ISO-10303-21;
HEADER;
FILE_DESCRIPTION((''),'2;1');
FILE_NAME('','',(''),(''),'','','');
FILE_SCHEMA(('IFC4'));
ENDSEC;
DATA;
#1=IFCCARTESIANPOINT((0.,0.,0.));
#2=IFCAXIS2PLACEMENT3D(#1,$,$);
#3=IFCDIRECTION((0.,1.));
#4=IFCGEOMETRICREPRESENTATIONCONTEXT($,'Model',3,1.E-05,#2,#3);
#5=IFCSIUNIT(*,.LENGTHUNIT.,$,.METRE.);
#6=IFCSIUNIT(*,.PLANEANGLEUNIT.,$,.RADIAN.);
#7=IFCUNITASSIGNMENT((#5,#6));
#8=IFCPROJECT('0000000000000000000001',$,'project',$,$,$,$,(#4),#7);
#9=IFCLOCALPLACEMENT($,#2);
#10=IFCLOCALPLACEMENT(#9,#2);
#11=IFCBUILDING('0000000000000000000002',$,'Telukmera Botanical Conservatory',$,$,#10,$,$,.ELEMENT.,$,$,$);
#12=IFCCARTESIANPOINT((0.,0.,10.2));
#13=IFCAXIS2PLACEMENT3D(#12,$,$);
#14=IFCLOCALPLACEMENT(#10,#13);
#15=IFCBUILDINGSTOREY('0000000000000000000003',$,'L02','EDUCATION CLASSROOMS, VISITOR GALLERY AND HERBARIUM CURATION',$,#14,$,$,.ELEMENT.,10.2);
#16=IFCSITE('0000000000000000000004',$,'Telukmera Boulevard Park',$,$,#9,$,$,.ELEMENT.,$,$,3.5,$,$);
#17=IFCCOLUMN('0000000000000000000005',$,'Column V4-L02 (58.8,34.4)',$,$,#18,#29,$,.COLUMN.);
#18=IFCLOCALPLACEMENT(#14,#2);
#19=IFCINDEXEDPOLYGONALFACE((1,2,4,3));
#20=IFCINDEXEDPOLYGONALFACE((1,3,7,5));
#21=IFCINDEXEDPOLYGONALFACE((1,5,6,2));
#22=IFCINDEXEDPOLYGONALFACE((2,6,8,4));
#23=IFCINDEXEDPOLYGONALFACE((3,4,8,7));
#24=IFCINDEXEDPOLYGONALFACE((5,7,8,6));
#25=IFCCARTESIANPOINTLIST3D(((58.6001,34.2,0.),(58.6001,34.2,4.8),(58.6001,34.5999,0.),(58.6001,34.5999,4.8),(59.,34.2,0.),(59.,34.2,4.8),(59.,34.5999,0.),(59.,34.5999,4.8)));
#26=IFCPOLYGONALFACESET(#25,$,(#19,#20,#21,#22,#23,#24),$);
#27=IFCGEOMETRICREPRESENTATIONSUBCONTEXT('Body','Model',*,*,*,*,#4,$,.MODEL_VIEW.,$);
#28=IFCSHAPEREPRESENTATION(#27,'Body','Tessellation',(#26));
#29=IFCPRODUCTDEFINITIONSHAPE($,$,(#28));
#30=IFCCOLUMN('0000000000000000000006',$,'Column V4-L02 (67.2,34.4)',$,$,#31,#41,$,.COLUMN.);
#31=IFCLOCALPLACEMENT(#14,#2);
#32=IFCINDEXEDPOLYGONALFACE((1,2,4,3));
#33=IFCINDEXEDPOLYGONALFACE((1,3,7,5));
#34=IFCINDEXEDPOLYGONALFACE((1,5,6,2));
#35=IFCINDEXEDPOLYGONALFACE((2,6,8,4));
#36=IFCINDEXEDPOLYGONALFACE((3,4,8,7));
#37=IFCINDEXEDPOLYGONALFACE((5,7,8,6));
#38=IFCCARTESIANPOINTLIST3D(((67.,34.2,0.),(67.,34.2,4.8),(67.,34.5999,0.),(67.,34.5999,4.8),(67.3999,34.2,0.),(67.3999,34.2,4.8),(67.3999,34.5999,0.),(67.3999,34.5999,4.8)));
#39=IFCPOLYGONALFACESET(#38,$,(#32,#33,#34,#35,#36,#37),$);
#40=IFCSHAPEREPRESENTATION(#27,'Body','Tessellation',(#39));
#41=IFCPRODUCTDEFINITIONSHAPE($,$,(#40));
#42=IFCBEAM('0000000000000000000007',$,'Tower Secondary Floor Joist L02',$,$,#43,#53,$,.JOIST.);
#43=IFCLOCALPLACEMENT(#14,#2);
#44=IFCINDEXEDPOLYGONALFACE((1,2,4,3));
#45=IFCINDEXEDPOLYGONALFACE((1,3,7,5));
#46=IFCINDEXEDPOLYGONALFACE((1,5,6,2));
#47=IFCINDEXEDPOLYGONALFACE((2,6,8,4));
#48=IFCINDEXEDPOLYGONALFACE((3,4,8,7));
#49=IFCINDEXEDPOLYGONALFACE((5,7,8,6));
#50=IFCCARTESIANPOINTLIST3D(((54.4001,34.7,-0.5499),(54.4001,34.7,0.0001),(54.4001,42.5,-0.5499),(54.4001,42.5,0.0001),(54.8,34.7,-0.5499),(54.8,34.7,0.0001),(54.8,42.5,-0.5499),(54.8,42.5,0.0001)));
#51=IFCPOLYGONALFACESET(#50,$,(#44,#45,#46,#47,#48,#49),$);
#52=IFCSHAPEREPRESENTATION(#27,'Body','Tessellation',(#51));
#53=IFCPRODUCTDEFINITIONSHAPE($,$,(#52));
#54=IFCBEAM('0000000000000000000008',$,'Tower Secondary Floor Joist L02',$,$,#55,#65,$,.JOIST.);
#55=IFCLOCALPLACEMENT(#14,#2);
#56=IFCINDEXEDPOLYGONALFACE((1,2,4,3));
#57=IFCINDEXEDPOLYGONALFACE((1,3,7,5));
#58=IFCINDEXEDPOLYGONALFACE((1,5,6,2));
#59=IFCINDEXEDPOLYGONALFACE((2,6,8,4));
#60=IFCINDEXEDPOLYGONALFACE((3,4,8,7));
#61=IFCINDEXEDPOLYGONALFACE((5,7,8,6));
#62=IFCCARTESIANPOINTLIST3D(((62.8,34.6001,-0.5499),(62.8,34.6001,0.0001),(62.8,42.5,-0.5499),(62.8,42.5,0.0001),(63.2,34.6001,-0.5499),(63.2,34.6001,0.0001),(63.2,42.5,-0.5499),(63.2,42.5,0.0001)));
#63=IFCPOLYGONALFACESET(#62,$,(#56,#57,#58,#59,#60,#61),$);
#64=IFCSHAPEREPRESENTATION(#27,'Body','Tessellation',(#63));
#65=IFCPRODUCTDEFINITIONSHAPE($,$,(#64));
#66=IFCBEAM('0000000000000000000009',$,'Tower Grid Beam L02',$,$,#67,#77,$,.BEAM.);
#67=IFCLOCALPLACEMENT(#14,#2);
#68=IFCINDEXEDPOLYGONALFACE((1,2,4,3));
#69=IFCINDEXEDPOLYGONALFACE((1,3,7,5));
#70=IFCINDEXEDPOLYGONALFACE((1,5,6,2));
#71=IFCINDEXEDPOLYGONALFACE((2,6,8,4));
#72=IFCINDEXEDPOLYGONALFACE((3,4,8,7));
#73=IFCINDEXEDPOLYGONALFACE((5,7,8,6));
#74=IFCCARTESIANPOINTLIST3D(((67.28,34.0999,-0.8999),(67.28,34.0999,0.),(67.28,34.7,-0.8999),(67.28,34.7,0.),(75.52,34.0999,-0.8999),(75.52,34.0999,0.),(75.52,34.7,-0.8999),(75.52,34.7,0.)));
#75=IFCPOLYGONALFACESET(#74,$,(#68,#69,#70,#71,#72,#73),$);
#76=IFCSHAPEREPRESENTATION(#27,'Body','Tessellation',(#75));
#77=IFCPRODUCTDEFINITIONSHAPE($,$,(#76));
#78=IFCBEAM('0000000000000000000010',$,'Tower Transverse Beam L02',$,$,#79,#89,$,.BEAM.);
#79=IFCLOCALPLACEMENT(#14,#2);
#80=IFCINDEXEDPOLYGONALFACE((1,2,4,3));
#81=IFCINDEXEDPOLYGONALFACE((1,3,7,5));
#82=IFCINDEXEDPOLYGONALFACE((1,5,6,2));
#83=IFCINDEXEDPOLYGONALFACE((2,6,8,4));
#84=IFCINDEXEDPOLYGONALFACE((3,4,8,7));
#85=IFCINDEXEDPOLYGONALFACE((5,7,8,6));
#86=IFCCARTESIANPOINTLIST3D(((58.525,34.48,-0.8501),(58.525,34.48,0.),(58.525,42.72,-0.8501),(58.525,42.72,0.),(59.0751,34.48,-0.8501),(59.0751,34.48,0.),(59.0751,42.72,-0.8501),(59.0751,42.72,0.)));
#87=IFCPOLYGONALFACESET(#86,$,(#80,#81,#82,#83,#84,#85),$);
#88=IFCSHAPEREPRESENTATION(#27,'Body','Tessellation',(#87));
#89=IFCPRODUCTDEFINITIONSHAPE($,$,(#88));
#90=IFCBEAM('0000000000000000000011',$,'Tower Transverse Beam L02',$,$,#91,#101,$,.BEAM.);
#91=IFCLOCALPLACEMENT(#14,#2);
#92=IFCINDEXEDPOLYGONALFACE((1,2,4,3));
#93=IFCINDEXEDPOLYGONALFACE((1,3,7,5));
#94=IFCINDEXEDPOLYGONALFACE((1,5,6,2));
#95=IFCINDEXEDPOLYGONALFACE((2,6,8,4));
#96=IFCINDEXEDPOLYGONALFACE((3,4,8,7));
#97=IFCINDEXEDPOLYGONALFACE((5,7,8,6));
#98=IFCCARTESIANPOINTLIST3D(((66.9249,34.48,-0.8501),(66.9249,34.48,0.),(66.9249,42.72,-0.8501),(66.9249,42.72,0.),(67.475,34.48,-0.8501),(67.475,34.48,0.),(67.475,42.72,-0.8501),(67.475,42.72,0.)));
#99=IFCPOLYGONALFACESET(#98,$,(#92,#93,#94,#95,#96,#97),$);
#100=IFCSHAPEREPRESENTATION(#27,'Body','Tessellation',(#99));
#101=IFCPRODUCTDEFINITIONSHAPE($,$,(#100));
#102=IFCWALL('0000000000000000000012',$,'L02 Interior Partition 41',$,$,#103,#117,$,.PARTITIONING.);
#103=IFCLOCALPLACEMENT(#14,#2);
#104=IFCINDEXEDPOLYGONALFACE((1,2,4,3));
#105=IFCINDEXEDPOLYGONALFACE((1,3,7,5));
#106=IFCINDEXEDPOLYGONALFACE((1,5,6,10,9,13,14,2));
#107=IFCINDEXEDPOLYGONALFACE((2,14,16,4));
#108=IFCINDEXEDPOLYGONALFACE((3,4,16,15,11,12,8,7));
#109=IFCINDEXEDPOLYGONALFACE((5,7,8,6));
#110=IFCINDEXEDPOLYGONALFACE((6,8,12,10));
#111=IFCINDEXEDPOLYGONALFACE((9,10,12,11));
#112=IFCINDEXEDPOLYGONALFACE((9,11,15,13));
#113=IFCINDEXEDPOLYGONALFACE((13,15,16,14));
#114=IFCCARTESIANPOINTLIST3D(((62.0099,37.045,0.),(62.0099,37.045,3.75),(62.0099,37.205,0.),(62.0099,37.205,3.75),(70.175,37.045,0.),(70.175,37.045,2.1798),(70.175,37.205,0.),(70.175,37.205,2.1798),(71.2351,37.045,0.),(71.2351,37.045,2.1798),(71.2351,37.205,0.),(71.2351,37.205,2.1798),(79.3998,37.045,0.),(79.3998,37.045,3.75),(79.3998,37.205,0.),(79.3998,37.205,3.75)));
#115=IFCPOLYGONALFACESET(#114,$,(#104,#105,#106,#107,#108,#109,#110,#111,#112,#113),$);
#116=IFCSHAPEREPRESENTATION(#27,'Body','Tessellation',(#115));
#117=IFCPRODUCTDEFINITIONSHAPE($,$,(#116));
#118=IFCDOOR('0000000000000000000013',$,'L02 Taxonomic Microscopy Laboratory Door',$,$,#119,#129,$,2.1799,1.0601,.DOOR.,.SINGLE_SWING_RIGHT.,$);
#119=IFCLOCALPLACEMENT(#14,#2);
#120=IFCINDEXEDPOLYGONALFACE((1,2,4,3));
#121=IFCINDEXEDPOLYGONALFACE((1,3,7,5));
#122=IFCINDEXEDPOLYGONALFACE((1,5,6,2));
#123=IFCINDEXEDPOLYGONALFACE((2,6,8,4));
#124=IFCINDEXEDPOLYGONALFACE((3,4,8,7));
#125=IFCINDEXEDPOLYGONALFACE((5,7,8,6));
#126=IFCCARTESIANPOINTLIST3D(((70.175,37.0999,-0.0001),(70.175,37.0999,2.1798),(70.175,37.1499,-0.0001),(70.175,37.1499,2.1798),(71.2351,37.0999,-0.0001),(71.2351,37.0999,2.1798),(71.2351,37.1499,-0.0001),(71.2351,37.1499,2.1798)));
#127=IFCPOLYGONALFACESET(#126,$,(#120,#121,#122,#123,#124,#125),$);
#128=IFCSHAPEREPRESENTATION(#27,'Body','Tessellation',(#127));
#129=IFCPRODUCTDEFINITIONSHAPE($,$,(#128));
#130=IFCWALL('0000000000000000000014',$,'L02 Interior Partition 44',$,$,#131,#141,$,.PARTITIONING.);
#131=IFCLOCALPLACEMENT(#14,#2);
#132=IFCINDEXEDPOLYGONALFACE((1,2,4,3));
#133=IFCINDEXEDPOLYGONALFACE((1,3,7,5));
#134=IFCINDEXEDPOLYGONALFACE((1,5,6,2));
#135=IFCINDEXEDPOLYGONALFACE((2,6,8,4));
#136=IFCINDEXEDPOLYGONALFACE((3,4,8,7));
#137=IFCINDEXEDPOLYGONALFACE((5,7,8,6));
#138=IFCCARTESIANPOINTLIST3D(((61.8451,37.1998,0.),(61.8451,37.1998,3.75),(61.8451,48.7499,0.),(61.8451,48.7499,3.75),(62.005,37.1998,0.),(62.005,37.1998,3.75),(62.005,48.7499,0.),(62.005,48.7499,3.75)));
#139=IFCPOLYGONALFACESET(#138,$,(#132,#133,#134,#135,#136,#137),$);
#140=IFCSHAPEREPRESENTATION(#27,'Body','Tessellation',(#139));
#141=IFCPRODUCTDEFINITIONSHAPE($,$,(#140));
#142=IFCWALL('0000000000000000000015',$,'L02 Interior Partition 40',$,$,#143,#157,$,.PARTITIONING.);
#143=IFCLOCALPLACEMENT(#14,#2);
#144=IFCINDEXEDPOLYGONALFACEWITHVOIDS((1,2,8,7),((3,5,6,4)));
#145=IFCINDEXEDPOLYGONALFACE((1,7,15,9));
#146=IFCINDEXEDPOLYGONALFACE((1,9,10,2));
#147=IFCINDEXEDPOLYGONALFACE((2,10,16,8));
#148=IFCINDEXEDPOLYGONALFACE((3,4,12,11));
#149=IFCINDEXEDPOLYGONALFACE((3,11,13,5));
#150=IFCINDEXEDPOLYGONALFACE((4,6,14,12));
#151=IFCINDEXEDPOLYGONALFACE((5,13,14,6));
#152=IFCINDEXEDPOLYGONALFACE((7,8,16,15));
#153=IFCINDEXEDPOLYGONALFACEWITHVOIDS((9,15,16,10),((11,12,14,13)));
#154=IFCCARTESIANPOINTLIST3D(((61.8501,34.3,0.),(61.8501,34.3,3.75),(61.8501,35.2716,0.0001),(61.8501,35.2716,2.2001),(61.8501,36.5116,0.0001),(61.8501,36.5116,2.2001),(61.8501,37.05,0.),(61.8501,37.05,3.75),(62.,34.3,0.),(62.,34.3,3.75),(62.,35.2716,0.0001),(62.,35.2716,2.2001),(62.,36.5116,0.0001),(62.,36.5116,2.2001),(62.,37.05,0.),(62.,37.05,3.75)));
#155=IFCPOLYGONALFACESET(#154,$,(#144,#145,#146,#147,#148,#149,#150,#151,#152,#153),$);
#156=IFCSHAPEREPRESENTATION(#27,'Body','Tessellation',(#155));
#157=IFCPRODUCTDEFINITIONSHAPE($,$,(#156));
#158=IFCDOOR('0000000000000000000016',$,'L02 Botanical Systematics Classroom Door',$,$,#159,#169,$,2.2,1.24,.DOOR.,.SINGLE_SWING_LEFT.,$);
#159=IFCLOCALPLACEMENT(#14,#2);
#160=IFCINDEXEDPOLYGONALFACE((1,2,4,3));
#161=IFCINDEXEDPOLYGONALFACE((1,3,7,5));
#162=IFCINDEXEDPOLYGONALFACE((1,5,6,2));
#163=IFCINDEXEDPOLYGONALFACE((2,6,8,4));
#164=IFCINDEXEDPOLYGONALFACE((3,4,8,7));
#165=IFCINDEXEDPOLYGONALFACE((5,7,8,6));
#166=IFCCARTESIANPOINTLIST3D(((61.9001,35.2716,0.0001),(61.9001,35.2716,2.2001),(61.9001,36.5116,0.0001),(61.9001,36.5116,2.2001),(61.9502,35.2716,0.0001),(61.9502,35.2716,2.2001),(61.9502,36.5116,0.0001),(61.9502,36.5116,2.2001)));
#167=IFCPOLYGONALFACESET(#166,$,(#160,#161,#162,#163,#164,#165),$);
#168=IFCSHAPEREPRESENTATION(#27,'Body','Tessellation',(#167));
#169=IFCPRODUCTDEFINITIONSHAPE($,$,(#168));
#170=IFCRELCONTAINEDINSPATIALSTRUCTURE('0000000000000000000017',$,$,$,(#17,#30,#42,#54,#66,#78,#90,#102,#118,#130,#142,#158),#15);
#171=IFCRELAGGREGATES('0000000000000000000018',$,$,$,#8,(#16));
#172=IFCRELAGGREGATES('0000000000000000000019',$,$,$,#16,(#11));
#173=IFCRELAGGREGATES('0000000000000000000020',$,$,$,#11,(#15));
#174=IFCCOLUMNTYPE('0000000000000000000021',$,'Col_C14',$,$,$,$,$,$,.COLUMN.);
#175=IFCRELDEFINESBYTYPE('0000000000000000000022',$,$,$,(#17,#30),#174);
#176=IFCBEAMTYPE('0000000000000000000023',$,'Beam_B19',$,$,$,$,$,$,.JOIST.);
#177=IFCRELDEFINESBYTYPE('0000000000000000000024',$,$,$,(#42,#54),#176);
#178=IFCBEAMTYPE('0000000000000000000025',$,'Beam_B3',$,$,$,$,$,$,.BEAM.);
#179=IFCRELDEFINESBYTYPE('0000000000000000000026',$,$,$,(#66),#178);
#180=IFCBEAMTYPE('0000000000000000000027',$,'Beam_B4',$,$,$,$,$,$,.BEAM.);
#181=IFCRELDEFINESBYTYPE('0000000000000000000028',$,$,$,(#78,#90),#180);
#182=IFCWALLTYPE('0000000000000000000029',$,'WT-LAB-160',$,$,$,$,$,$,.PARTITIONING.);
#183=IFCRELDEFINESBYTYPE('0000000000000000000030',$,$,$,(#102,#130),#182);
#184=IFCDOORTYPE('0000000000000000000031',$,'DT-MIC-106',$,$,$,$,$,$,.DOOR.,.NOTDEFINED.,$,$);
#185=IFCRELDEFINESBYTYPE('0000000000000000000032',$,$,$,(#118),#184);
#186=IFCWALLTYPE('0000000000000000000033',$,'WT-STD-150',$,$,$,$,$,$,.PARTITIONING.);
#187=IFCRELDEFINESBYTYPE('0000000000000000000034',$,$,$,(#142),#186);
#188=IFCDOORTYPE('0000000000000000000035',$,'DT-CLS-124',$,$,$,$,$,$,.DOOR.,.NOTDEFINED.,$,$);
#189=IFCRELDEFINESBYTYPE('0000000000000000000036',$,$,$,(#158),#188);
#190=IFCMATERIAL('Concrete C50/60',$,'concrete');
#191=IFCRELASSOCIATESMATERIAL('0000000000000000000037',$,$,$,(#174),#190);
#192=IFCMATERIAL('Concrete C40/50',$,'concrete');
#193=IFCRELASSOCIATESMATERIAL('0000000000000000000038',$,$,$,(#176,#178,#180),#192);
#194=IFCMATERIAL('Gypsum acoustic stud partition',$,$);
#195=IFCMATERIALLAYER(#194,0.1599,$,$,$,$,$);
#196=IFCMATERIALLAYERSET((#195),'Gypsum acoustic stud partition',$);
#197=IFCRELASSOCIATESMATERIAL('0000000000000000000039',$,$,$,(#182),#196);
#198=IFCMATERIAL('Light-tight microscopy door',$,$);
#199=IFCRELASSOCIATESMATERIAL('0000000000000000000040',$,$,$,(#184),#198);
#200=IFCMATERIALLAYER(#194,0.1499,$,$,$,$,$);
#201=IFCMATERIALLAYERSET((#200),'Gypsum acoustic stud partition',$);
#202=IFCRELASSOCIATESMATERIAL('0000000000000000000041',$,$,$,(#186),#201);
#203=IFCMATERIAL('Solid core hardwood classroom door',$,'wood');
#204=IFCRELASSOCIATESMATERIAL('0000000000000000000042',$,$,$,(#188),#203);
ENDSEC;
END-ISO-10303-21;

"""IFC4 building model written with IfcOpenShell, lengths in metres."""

from ifc_helpers import new_model, si_unit, direction, frame, frame_2d, origin, origin_2d, place, context, subcontext, project, spatial, rectangle, extrude, material, layer, layer_set, material_profile, profile_set, type_object, element, fill, save


model = new_model("IFC4")

# Units and contexts
model_context = context("Model", 3, precision=1e-05, world=origin(), true_north=direction((0.0, 1.0)))
body_context = subcontext(model_context, "Body", "Model", "MODEL_VIEW")
ifc_project = project(units=[si_unit("LENGTHUNIT", "METRE"), si_unit("PLANEANGLEUNIT", "RADIAN")], contexts=[model_context])

# Site, building, storey
site_placement = place(None, origin())
site = spatial("IfcSite", under=ifc_project, at=site_placement, Name="Telukmera Boulevard Park", CompositionType="ELEMENT", RefElevation=3.5)
building_placement = place(site_placement, origin())
building = spatial("IfcBuilding", under=site, at=building_placement, Name="Telukmera Botanical Conservatory", CompositionType="ELEMENT")
storey_placement = place(building_placement, frame((0.0, 0.0, 10.2)))
storey = spatial("IfcBuildingStorey", under=building, at=storey_placement, Name="L02", Description="EDUCATION CLASSROOMS, VISITOR GALLERY AND HERBARIUM CURATION", CompositionType="ELEMENT", Elevation=10.2)

# Columns
ifc_material_1 = material(Name="Concrete C50/60", Category="concrete")
ifc_material_profile_1 = material_profile(ifc_material_1, rectangle(XDim=0.3999, YDim=0.3999, at=origin_2d()), Name="RC 400x400")
ifc_profile_set_1 = profile_set([ifc_material_profile_1], Name="Concrete C50/60")
column_type = type_object("IfcColumnType", Name="Col_C14", PredefinedType="COLUMN", material=ifc_profile_set_1)
for number, where, z_axis, x_axis, name in (
    (1, (58.8, 34.3999, 0.0), (0.0, 0.0, 1.0), (1.0, 0.0, 0.0), "Column V4-L02 (58.8,34.4)"),
    (2, (67.2, 34.3999, 0.0), (0.0, 0.0, 1.0), (1.0, 0.0, 0.0), "Column V4-L02 (67.2,34.4)"),
):
    element("IfcColumn", number, at=place(storey_placement, frame(where, z_axis=z_axis, x_axis=x_axis)), inside=storey, type_object=column_type, Name=name, PredefinedType="COLUMN", context=body_context, shape_type="SweptSolid", body=[
        extrude(rectangle(XDim=0.3999, YDim=0.3999, at=origin_2d()), origin(), (0.0, 0.0, 1.0), 4.8),
    ])

# Beams
ifc_material_2 = material(Name="Concrete C40/50", Category="concrete")
ifc_material_profile_2 = material_profile(ifc_material_2, rectangle(XDim=0.3999, YDim=0.55, at=origin_2d()), Name="RC 400x550")
ifc_profile_set_2 = profile_set([ifc_material_profile_2], Name="Concrete C40/50")
beam_type_1 = type_object("IfcBeamType", Name="Beam_B19", PredefinedType="JOIST", material=ifc_profile_set_2)
beam_1_placement = place(storey_placement, frame((54.6001, 34.7, -0.2749), z_axis=(0.0, 1.0, 0.0), x_axis=(-1.0, 0.0, 0.0)))
element("IfcBeam", 3, at=beam_1_placement, inside=storey, type_object=beam_type_1, Name="Tower Secondary Floor Joist L02", PredefinedType="JOIST", context=body_context, shape_type="SweptSolid", body=[
    extrude(rectangle(XDim=0.3999, YDim=0.55, at=origin_2d()), origin(), (0.0, 0.0, 1.0), 7.8),
])
beam_2_placement = place(storey_placement, frame((63.0, 34.6001, -0.2749), z_axis=(0.0, 1.0, 0.0), x_axis=(-1.0, 0.0, 0.0)))
element("IfcBeam", 4, at=beam_2_placement, inside=storey, type_object=beam_type_1, Name="Tower Secondary Floor Joist L02", PredefinedType="JOIST", context=body_context, shape_type="SweptSolid", body=[
    extrude(rectangle(XDim=0.3999, YDim=0.55, at=origin_2d()), origin(), (0.0, 0.0, 1.0), 7.8999),
])
ifc_material_profile_3 = material_profile(ifc_material_2, rectangle(XDim=0.6001, YDim=0.8999, at=origin_2d()), Name="RC 600x900")
ifc_profile_set_3 = profile_set([ifc_material_profile_3], Name="Concrete C40/50")
beam_type_2 = type_object("IfcBeamType", Name="Beam_B3", PredefinedType="BEAM", material=ifc_profile_set_3)
beam_3_placement = place(storey_placement, frame((67.28, 34.3999, -0.45), z_axis=(1.0, 0.0, 0.0), x_axis=(0.0, 1.0, 0.0)))
element("IfcBeam", 5, at=beam_3_placement, inside=storey, type_object=beam_type_2, Name="Tower Grid Beam L02", PredefinedType="BEAM", context=body_context, shape_type="SweptSolid", body=[
    extrude(rectangle(XDim=0.6001, YDim=0.8999, at=origin_2d()), origin(), (0.0, 0.0, 1.0), 8.24),
])
ifc_material_profile_4 = material_profile(ifc_material_2, rectangle(XDim=0.55, YDim=0.8501, at=origin_2d()), Name="RC 550x850")
ifc_profile_set_4 = profile_set([ifc_material_profile_4], Name="Concrete C40/50")
beam_type_3 = type_object("IfcBeamType", Name="Beam_B4", PredefinedType="BEAM", material=ifc_profile_set_4)
for number, where, z_axis, x_axis, name in (
    (6, (58.8, 34.48, -0.425), (0.0, 1.0, 0.0), (-1.0, 0.0, 0.0), "Tower Transverse Beam L02"),
    (7, (67.2, 34.48, -0.425), (0.0, 1.0, 0.0), (-1.0, 0.0, 0.0), "Tower Transverse Beam L02"),
):
    element("IfcBeam", number, at=place(storey_placement, frame(where, z_axis=z_axis, x_axis=x_axis)), inside=storey, type_object=beam_type_3, Name=name, PredefinedType="BEAM", context=body_context, shape_type="SweptSolid", body=[
        extrude(rectangle(XDim=0.55, YDim=0.8501, at=origin_2d()), origin(), (0.0, 0.0, 1.0), 8.24),
    ])

# Wall, opening, door
ifc_material_3 = material(Name="Gypsum acoustic stud partition")
ifc_layer_1 = layer(ifc_material_3, 0.1599)
ifc_layer_set_1 = layer_set([ifc_layer_1], Name="Gypsum acoustic stud partition")
wall_type_1 = type_object("IfcWallType", Name="WT-LAB-160", PredefinedType="PARTITIONING", material=ifc_layer_set_1)
wall_1_placement = place(storey_placement, frame((62.01, 37.125, 0.0), z_axis=(0.0, 0.0, 1.0), x_axis=(1.0, 0.0, 0.0)))
wall_1 = element("IfcWall", 8, at=wall_1_placement, inside=storey, type_object=wall_type_1, Name="L02 Interior Partition 41", PredefinedType="PARTITIONING", context=body_context, shape_type="SweptSolid", body=[
    extrude(rectangle(XDim=17.3899, YDim=0.1599, at=frame_2d((8.6948, 0.0))), origin(), (0.0, 0.0, 1.0), 3.75),
])
opening_1_placement = place(wall_1_placement, frame((8.165, 0.0, 0.0)))
opening_1 = element("IfcOpeningElement", 9, at=opening_1_placement, cuts=wall_1, PredefinedType="OPENING", context=body_context, shape_type="SweptSolid", body=[
    extrude(rectangle(XDim=1.0601, YDim=2.1799, at=frame_2d((0.53, 1.0898))), frame((0.0, 0.0898, 0.0), z_axis=(0.0, -1.0, 0.0), x_axis=(1.0, 0.0, 0.0)), (0.0, 0.0, 1.0), 0.1799),
])
ifc_material_4 = material(Name="Light-tight microscopy door")
door_type_1 = type_object("IfcDoorType", Name="DT-MIC-106", OperationType="NOTDEFINED", PredefinedType="DOOR", material=ifc_material_4)
door_1_placement = place(opening_1_placement, origin())
door_1 = element("IfcDoor", 10, at=door_1_placement, inside=storey, type_object=door_type_1, Name="L02 Taxonomic Microscopy Laboratory Door", OperationType="SINGLE_SWING_RIGHT", OverallHeight=2.1799, OverallWidth=1.0601, PredefinedType="DOOR", context=body_context, shape_type="SweptSolid", body=[
    extrude(rectangle(XDim=1.0601, YDim=2.1799, at=frame_2d((0.53, 1.0898))), frame((0.0, 0.0249, 0.0), z_axis=(0.0, -1.0, 0.0), x_axis=(1.0, 0.0, 0.0)), (0.0, 0.0, 1.0), 0.05),
])
fill(opening_1, door_1)

# Wall
wall_2_placement = place(storey_placement, frame((61.925, 37.2, 0.0), z_axis=(0.0, 0.0, 1.0), x_axis=(0.0, 1.0, 0.0)))
element("IfcWall", 11, at=wall_2_placement, inside=storey, type_object=wall_type_1, Name="L02 Interior Partition 44", PredefinedType="PARTITIONING", context=body_context, shape_type="SweptSolid", body=[
    extrude(rectangle(XDim=11.55, YDim=0.1599, at=frame_2d((5.7749, 0.0))), origin(), (0.0, 0.0, 1.0), 3.75),
])

# Wall, opening, door
ifc_layer_2 = layer(ifc_material_3, 0.1499)
ifc_layer_set_2 = layer_set([ifc_layer_2], Name="Gypsum acoustic stud partition")
wall_type_2 = type_object("IfcWallType", Name="WT-STD-150", PredefinedType="PARTITIONING", material=ifc_layer_set_2)
wall_3_placement = place(storey_placement, frame((61.925, 34.3, 0.0), z_axis=(0.0, 0.0, 1.0), x_axis=(0.0, 1.0, 0.0)))
wall_3 = element("IfcWall", 12, at=wall_3_placement, inside=storey, type_object=wall_type_2, Name="L02 Interior Partition 40", PredefinedType="PARTITIONING", context=body_context, shape_type="SweptSolid", body=[
    extrude(rectangle(XDim=2.75, YDim=0.1499, at=frame_2d((1.375, 0.0))), origin(), (0.0, 0.0, 1.0), 3.75),
])
opening_2_placement = place(wall_3_placement, frame((0.9714, 0.0, 0.0)))
opening_2 = element("IfcOpeningElement", 13, at=opening_2_placement, cuts=wall_3, PredefinedType="OPENING", context=body_context, shape_type="SweptSolid", body=[
    extrude(rectangle(XDim=1.24, YDim=2.2, at=frame_2d((0.6201, 1.1001))), frame((0.0, 0.085, 0.0), z_axis=(0.0, -1.0, 0.0), x_axis=(1.0, 0.0, 0.0)), (0.0, 0.0, 1.0), 0.1699),
])
ifc_material_5 = material(Name="Solid core hardwood classroom door", Category="wood")
door_type_2 = type_object("IfcDoorType", Name="DT-CLS-124", OperationType="NOTDEFINED", PredefinedType="DOOR", material=ifc_material_5)
door_2_placement = place(opening_2_placement, origin())
door_2 = element("IfcDoor", 14, at=door_2_placement, inside=storey, type_object=door_type_2, Name="L02 Botanical Systematics Classroom Door", OperationType="SINGLE_SWING_LEFT", OverallHeight=2.2, OverallWidth=1.24, PredefinedType="DOOR", context=body_context, shape_type="SweptSolid", body=[
    extrude(rectangle(XDim=1.24, YDim=2.2, at=frame_2d((0.6201, 1.1001))), frame((0.0, 0.0249, 0.0), z_axis=(0.0, -1.0, 0.0), x_axis=(1.0, 0.0, 0.0)), (0.0, 0.0, 1.0), 0.05),
])
fill(opening_2, door_2)

save(model, "model.ifc")
